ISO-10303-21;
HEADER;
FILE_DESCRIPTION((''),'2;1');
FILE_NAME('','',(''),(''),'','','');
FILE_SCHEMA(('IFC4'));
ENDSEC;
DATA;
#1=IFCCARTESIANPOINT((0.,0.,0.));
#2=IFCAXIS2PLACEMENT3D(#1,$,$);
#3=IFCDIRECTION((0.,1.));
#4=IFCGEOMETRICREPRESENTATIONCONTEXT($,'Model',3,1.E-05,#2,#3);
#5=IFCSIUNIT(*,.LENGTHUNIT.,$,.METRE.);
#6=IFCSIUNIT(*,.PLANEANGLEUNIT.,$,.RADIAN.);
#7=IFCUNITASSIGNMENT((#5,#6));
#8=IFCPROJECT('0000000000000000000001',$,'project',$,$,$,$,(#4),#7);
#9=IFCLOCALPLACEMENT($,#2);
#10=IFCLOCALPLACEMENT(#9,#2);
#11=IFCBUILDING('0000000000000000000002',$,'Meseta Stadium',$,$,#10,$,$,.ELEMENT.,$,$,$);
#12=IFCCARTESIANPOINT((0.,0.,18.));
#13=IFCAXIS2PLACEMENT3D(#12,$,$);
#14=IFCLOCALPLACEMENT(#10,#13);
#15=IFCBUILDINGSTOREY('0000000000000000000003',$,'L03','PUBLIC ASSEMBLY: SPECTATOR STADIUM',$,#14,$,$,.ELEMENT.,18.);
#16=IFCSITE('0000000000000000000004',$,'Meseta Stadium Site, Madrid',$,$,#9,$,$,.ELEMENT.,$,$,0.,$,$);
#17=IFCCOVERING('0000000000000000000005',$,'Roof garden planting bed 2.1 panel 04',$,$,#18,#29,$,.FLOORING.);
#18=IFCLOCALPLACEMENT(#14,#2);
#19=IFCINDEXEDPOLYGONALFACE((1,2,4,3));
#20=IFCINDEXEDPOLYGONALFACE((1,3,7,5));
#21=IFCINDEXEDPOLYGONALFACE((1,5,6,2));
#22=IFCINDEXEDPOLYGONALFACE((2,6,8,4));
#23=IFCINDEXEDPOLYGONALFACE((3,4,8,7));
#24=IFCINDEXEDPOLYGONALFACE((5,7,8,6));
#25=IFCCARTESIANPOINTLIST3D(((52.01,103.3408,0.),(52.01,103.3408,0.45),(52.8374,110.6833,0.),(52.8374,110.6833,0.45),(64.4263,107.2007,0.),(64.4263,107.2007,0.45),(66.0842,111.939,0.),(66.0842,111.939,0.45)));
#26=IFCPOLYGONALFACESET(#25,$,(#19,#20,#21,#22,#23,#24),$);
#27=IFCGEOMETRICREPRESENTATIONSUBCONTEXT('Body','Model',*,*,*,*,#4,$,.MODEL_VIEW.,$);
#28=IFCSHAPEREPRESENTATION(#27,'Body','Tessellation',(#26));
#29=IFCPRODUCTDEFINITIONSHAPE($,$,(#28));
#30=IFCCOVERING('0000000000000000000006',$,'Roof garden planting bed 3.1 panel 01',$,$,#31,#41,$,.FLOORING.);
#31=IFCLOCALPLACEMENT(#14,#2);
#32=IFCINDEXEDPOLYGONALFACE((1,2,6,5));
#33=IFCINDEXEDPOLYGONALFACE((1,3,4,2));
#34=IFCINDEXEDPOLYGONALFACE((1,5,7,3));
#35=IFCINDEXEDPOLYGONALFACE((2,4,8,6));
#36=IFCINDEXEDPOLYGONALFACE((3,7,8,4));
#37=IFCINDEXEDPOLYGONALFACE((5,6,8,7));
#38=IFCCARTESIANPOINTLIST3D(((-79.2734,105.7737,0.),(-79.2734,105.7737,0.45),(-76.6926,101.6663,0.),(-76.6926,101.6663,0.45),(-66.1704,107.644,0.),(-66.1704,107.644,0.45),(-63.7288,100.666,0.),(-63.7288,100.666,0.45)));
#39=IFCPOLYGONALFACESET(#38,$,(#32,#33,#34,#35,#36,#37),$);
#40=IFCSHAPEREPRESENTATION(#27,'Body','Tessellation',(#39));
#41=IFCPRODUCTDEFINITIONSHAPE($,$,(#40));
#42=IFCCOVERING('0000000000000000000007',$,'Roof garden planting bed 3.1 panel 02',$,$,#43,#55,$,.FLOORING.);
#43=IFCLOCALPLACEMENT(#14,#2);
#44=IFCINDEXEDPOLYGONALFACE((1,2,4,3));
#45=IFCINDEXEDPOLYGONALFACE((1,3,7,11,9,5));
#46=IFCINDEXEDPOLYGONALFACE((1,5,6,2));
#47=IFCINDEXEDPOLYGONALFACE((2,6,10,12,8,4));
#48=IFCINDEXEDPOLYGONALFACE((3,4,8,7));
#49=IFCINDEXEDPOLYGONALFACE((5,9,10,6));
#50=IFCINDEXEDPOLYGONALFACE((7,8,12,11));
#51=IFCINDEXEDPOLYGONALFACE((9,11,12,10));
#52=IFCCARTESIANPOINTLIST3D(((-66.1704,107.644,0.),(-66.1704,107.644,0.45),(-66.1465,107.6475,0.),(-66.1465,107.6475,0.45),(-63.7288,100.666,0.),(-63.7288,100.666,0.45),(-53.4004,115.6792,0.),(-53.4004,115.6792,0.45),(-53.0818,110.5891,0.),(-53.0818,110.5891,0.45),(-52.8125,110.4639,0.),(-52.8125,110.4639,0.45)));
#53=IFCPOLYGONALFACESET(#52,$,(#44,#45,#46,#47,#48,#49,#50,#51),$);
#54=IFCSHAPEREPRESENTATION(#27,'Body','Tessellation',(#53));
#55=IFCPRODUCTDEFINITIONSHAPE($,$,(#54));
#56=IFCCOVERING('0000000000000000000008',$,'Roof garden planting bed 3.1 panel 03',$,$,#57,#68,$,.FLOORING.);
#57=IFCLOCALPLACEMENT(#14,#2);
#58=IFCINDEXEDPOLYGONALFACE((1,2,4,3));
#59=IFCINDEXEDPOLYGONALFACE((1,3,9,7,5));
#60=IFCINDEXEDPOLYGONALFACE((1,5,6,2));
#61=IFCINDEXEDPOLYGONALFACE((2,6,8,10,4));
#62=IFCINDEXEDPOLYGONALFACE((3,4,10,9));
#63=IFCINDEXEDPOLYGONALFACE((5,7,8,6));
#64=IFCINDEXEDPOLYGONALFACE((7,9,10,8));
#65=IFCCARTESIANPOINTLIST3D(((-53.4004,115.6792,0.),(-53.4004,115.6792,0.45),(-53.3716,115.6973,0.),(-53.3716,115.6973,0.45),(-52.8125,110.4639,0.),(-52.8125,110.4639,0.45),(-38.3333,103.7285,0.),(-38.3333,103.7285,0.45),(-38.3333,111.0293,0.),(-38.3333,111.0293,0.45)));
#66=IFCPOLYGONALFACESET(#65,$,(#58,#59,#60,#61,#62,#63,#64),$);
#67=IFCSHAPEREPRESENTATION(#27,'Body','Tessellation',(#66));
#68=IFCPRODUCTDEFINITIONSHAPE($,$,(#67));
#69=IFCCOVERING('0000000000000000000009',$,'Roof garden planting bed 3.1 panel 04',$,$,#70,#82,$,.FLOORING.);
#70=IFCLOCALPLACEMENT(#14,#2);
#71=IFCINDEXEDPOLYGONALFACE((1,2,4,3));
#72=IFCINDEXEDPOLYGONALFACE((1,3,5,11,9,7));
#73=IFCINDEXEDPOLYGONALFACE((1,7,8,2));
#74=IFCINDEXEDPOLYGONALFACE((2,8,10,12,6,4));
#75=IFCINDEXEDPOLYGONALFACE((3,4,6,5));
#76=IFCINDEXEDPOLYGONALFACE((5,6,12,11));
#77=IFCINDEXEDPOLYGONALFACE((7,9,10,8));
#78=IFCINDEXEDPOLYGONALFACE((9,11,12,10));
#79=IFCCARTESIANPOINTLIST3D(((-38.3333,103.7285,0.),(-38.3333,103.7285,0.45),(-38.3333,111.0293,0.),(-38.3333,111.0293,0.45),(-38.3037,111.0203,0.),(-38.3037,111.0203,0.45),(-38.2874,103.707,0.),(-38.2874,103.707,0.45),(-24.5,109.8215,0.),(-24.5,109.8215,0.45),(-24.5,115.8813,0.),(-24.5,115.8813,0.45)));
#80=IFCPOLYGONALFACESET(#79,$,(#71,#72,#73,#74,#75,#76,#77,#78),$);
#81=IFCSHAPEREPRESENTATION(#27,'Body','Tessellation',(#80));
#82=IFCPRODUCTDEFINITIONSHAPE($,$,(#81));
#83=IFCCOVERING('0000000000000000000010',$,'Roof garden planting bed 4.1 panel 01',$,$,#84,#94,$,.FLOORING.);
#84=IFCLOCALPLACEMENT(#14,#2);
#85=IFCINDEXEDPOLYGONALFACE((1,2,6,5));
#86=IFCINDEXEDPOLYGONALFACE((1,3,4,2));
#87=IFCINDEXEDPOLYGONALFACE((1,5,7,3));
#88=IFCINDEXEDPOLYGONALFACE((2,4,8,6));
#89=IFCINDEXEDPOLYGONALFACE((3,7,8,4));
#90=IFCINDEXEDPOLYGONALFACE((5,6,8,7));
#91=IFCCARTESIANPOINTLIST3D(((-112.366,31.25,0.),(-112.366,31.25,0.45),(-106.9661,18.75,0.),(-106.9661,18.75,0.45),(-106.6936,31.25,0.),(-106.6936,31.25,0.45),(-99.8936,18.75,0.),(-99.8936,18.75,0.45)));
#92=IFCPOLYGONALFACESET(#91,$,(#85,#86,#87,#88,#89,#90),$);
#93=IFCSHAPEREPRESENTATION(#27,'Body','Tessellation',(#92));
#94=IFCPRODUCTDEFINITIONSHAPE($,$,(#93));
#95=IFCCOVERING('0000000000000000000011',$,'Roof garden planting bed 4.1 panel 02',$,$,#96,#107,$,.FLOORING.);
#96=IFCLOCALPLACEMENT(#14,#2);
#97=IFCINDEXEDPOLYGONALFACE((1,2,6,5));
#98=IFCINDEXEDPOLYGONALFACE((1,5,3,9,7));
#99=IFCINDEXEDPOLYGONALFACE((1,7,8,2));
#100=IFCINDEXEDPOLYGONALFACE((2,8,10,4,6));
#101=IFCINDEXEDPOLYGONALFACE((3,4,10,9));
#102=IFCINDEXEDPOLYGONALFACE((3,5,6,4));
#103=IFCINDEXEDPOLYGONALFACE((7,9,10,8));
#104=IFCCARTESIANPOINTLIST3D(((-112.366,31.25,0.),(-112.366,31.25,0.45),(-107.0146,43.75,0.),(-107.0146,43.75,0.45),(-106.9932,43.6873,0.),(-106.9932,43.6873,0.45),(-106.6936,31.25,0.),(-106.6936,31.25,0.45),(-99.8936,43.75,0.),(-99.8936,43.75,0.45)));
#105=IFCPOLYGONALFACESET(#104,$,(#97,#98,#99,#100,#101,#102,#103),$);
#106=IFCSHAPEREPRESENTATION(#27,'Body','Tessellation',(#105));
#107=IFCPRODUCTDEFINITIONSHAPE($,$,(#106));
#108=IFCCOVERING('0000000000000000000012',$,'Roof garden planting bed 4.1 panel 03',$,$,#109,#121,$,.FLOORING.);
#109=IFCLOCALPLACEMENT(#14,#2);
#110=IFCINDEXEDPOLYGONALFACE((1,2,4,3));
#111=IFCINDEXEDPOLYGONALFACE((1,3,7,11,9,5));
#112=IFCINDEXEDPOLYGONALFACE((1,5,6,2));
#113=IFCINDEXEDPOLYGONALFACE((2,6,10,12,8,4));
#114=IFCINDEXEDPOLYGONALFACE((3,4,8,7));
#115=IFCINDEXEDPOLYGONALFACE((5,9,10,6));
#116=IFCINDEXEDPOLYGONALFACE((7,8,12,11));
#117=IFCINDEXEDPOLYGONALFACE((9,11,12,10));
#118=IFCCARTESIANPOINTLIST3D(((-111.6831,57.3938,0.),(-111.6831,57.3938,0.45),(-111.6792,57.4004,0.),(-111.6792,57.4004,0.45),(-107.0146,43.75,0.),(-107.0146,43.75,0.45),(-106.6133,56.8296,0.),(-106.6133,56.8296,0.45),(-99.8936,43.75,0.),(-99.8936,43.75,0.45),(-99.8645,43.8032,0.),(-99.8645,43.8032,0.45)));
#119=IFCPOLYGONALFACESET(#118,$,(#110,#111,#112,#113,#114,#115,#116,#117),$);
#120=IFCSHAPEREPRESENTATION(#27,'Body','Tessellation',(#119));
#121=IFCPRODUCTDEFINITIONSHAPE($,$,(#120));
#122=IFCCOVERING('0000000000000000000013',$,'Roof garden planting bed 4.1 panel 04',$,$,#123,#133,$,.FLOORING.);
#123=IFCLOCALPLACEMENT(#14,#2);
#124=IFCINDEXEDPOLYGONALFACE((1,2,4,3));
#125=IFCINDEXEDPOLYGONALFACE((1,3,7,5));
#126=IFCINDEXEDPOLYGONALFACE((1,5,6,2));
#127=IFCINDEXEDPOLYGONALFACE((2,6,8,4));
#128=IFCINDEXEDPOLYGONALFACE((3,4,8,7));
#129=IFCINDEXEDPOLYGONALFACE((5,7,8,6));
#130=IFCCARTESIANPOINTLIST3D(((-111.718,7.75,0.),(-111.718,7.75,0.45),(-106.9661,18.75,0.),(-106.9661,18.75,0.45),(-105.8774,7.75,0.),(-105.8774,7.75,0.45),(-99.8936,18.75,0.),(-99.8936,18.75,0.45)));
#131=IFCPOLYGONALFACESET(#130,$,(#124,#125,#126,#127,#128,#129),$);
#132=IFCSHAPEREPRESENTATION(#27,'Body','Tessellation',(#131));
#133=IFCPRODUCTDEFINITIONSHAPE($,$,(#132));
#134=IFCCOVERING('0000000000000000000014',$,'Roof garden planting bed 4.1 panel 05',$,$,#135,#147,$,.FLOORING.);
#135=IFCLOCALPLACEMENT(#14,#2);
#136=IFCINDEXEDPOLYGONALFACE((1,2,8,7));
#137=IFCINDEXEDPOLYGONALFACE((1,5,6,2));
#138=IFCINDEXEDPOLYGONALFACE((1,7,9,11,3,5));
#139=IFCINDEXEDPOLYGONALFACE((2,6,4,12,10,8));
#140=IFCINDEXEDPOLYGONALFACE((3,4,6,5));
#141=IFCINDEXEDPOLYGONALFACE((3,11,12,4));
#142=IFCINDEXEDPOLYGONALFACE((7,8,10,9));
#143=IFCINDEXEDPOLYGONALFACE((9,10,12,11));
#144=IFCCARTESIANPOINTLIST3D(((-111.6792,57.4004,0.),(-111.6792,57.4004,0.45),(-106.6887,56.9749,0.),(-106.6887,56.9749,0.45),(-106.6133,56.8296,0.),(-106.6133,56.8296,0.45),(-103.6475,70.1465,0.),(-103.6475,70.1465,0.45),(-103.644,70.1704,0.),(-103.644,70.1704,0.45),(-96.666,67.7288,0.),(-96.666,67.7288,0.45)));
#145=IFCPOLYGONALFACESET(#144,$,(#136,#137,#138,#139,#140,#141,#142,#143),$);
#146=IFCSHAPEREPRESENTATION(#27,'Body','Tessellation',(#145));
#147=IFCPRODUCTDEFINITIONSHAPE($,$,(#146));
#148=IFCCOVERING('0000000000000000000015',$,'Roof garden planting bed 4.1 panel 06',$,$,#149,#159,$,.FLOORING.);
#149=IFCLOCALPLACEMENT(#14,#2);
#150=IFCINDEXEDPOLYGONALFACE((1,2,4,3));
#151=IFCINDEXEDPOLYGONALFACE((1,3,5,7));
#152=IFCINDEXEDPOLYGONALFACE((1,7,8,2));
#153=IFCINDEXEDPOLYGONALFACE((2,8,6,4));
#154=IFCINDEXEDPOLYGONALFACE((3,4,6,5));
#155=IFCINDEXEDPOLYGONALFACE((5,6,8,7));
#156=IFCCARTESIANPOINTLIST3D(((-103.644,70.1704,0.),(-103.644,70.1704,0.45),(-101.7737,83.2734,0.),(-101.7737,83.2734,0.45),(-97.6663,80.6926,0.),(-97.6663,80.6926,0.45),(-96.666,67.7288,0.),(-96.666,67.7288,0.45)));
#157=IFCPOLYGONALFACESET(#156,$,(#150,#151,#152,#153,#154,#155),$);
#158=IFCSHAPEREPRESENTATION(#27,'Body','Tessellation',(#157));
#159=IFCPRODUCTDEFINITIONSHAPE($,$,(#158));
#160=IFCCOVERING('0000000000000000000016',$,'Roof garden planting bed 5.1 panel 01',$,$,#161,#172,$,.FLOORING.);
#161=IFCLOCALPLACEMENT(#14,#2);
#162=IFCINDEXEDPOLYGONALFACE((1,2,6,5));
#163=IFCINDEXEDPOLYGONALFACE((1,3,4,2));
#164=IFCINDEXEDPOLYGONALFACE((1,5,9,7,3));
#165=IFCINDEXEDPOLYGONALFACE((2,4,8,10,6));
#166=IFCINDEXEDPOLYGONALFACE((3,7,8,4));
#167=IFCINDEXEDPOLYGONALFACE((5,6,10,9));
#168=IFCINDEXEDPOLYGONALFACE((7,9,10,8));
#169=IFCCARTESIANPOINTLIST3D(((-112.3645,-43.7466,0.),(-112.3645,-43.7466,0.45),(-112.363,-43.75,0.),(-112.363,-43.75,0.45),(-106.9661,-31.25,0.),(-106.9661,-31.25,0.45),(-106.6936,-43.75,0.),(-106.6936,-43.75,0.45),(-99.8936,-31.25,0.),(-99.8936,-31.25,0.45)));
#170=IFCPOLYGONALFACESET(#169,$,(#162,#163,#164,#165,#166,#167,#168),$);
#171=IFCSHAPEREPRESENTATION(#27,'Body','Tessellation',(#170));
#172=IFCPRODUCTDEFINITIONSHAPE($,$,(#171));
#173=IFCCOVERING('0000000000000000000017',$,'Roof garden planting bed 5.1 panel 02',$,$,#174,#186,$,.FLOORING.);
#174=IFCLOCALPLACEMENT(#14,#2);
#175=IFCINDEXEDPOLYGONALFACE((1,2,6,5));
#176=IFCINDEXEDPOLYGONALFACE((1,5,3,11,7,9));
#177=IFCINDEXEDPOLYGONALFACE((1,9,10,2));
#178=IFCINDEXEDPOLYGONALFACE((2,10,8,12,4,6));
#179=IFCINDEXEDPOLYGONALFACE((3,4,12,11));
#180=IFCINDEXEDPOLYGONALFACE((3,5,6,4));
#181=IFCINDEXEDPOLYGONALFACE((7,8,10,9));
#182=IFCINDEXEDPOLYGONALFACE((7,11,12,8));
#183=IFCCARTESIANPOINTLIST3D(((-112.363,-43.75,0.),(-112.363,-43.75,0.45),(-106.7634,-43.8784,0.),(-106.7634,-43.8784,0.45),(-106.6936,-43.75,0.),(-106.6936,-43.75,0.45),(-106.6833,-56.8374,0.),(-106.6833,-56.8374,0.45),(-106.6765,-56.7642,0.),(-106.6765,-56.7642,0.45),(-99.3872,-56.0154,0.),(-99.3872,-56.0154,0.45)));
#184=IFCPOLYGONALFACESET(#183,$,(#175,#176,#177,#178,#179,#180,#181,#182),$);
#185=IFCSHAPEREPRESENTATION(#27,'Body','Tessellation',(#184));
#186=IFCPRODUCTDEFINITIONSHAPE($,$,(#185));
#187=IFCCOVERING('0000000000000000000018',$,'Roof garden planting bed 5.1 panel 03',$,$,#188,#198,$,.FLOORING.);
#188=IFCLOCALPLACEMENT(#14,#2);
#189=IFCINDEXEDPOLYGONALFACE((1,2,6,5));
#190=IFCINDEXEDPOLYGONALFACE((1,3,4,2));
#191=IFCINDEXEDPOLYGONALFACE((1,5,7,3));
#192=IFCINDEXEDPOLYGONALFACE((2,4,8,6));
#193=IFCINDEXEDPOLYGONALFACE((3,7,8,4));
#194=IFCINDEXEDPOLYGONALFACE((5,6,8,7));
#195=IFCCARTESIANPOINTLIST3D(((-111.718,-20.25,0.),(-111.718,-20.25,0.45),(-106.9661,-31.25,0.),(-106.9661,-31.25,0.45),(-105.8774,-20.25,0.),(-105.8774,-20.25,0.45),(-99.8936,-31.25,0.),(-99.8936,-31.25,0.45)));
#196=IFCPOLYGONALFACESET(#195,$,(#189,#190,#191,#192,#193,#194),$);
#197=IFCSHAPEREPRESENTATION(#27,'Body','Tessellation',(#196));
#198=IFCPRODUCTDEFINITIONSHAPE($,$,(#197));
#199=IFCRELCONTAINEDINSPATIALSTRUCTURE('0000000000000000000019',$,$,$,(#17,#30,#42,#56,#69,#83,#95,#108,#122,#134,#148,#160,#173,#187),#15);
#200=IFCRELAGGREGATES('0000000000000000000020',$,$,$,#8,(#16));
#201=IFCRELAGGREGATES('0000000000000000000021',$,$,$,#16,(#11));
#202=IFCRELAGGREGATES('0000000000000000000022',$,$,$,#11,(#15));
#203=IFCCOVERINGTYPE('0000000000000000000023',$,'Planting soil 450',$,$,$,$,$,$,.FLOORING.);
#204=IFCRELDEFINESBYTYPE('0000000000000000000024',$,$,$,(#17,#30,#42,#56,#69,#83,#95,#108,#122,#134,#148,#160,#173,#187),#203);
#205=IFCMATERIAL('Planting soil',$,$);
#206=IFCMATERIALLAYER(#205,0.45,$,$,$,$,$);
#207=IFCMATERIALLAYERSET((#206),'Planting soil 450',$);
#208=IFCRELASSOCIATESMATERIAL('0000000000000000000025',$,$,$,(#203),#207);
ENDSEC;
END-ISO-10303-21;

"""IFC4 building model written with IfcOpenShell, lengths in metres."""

from ifc_helpers import new_model, si_unit, direction, frame, origin, place, context, subcontext, project, spatial, polyline, outline, extrude, material, layer, layer_set, type_object, element, save


model = new_model("IFC4")

# Units and contexts
model_context = context("Model", 3, precision=1e-05, world=origin(), true_north=direction((0.0, 1.0)))
body_context = subcontext(model_context, "Body", "Model", "MODEL_VIEW")
ifc_project = project(units=[si_unit("LENGTHUNIT", "METRE"), si_unit("PLANEANGLEUNIT", "RADIAN")], contexts=[model_context])

# Site, building, storey
site_placement = place(None, origin())
site = spatial("IfcSite", under=ifc_project, at=site_placement, Name="Meseta Stadium Site, Madrid", CompositionType="ELEMENT", RefElevation=0.0)
building_placement = place(site_placement, origin())
building = spatial("IfcBuilding", under=site, at=building_placement, Name="Meseta Stadium", CompositionType="ELEMENT")
storey_placement = place(building_placement, frame((0.0, 0.0, 18.0)))
storey = spatial("IfcBuildingStorey", under=building, at=storey_placement, Name="L03", Description="PUBLIC ASSEMBLY: SPECTATOR STADIUM", CompositionType="ELEMENT", Elevation=18.0)

# Coverings
ifc_material = material(Name="Planting soil")
ifc_layer = layer(ifc_material, 0.45)
ifc_layer_set = layer_set([ifc_layer], Name="Planting soil 450")
covering_type = type_object("IfcCoveringType", Name="Planting soil 450", PredefinedType="FLOORING", material=ifc_layer_set)
covering_1_placement = place(storey_placement, origin())
element("IfcCovering", 1, at=covering_1_placement, inside=storey, type_object=covering_type, Name="Roof garden planting bed 2.1 panel 04", PredefinedType="FLOORING", context=body_context, shape_type="SweptSolid", body=[
    extrude(outline(polyline([(52.8374, 110.6833), (52.01, 103.3408), (64.4263, 107.2007), (66.0842, 111.939), (52.8374, 110.6833)])), origin(), (0.0, 0.0, 1.0), 0.45),
])
covering_2_placement = place(storey_placement, origin())
element("IfcCovering", 2, at=covering_2_placement, inside=storey, type_object=covering_type, Name="Roof garden planting bed 3.1 panel 01", PredefinedType="FLOORING", context=body_context, shape_type="SweptSolid", body=[
    extrude(outline(polyline([(-63.7288, 100.666), (-66.1704, 107.644), (-79.2734, 105.7737), (-76.6926, 101.6663), (-63.7288, 100.666)])), origin(), (0.0, 0.0, 1.0), 0.45),
])
covering_3_placement = place(storey_placement, origin())
element("IfcCovering", 3, at=covering_3_placement, inside=storey, type_object=covering_type, Name="Roof garden planting bed 3.1 panel 02", PredefinedType="FLOORING", context=body_context, shape_type="SweptSolid", body=[
    extrude(outline(polyline([(-66.1704, 107.644), (-63.7288, 100.666), (-53.0818, 110.5891), (-52.8125, 110.4639), (-53.4004, 115.6792), (-66.1465, 107.6475), (-66.1704, 107.644)])), origin(), (0.0, 0.0, 1.0), 0.45),
])
covering_4_placement = place(storey_placement, origin())
element("IfcCovering", 4, at=covering_4_placement, inside=storey, type_object=covering_type, Name="Roof garden planting bed 3.1 panel 03", PredefinedType="FLOORING", context=body_context, shape_type="SweptSolid", body=[
    extrude(outline(polyline([(-38.3333, 103.7285), (-38.3333, 111.0293), (-53.3716, 115.6973), (-53.4004, 115.6792), (-52.8125, 110.4639), (-38.3333, 103.7285)])), origin(), (0.0, 0.0, 1.0), 0.45),
])
covering_5_placement = place(storey_placement, origin())
element("IfcCovering", 5, at=covering_5_placement, inside=storey, type_object=covering_type, Name="Roof garden planting bed 3.1 panel 04", PredefinedType="FLOORING", context=body_context, shape_type="SweptSolid", body=[
    extrude(outline(polyline([(-38.3333, 111.0293), (-38.3333, 103.7285), (-38.2874, 103.707), (-24.5, 109.8215), (-24.5, 115.8813), (-38.3037, 111.0203), (-38.3333, 111.0293)])), origin(), (0.0, 0.0, 1.0), 0.45),
])
covering_6_placement = place(storey_placement, origin())
element("IfcCovering", 6, at=covering_6_placement, inside=storey, type_object=covering_type, Name="Roof garden planting bed 4.1 panel 01", PredefinedType="FLOORING", context=body_context, shape_type="SweptSolid", body=[
    extrude(outline(polyline([(-112.366, 31.25), (-106.9661, 18.75), (-99.8936, 18.75), (-106.6936, 31.25), (-112.366, 31.25)])), origin(), (0.0, 0.0, 1.0), 0.45),
])
covering_7_placement = place(storey_placement, origin())
element("IfcCovering", 7, at=covering_7_placement, inside=storey, type_object=covering_type, Name="Roof garden planting bed 4.1 panel 02", PredefinedType="FLOORING", context=body_context, shape_type="SweptSolid", body=[
    extrude(outline(polyline([(-99.8936, 43.75), (-107.0146, 43.75), (-106.9932, 43.6873), (-112.366, 31.25), (-106.6936, 31.25), (-99.8936, 43.75)])), origin(), (0.0, 0.0, 1.0), 0.45),
])
covering_8_placement = place(storey_placement, origin())
element("IfcCovering", 8, at=covering_8_placement, inside=storey, type_object=covering_type, Name="Roof garden planting bed 4.1 panel 03", PredefinedType="FLOORING", context=body_context, shape_type="SweptSolid", body=[
    extrude(outline(polyline([(-106.6133, 56.8296), (-111.6792, 57.4004), (-111.6831, 57.3938), (-107.0146, 43.75), (-99.8936, 43.75), (-99.8645, 43.8032), (-106.6133, 56.8296)])), origin(), (0.0, 0.0, 1.0), 0.45),
])
covering_9_placement = place(storey_placement, origin())
element("IfcCovering", 9, at=covering_9_placement, inside=storey, type_object=covering_type, Name="Roof garden planting bed 4.1 panel 04", PredefinedType="FLOORING", context=body_context, shape_type="SweptSolid", body=[
    extrude(outline(polyline([(-99.8936, 18.75), (-106.9661, 18.75), (-111.718, 7.75), (-105.8774, 7.75), (-99.8936, 18.75)])), origin(), (0.0, 0.0, 1.0), 0.45),
])
covering_10_placement = place(storey_placement, origin())
element("IfcCovering", 10, at=covering_10_placement, inside=storey, type_object=covering_type, Name="Roof garden planting bed 4.1 panel 05", PredefinedType="FLOORING", context=body_context, shape_type="SweptSolid", body=[
    extrude(outline(polyline([(-96.666, 67.7288), (-103.644, 70.1704), (-103.6475, 70.1465), (-111.6792, 57.4004), (-106.6133, 56.8296), (-106.6887, 56.9749), (-96.666, 67.7288)])), origin(), (0.0, 0.0, 1.0), 0.45),
])
covering_11_placement = place(storey_placement, origin())
element("IfcCovering", 11, at=covering_11_placement, inside=storey, type_object=covering_type, Name="Roof garden planting bed 4.1 panel 06", PredefinedType="FLOORING", context=body_context, shape_type="SweptSolid", body=[
    extrude(outline(polyline([(-101.7737, 83.2734), (-103.644, 70.1704), (-96.666, 67.7288), (-97.6663, 80.6926), (-101.7737, 83.2734)])), origin(), (0.0, 0.0, 1.0), 0.45),
])
covering_12_placement = place(storey_placement, origin())
element("IfcCovering", 12, at=covering_12_placement, inside=storey, type_object=covering_type, Name="Roof garden planting bed 5.1 panel 01", PredefinedType="FLOORING", context=body_context, shape_type="SweptSolid", body=[
    extrude(outline(polyline([(-99.8936, -31.25), (-106.9661, -31.25), (-112.3645, -43.7466), (-112.363, -43.75), (-106.6936, -43.75), (-99.8936, -31.25)])), origin(), (0.0, 0.0, 1.0), 0.45),
])
covering_13_placement = place(storey_placement, origin())
element("IfcCovering", 13, at=covering_13_placement, inside=storey, type_object=covering_type, Name="Roof garden planting bed 5.1 panel 02", PredefinedType="FLOORING", context=body_context, shape_type="SweptSolid", body=[
    extrude(outline(polyline([(-106.6936, -43.75), (-112.363, -43.75), (-106.6765, -56.7642), (-106.6833, -56.8374), (-99.3872, -56.0154), (-106.7634, -43.8784), (-106.6936, -43.75)])), origin(), (0.0, 0.0, 1.0), 0.45),
])
covering_14_placement = place(storey_placement, origin())
element("IfcCovering", 14, at=covering_14_placement, inside=storey, type_object=covering_type, Name="Roof garden planting bed 5.1 panel 03", PredefinedType="FLOORING", context=body_context, shape_type="SweptSolid", body=[
    extrude(outline(polyline([(-111.718, -20.25), (-106.9661, -31.25), (-99.8936, -31.25), (-105.8774, -20.25), (-111.718, -20.25)])), origin(), (0.0, 0.0, 1.0), 0.45),
])

save(model, "model.ifc")
